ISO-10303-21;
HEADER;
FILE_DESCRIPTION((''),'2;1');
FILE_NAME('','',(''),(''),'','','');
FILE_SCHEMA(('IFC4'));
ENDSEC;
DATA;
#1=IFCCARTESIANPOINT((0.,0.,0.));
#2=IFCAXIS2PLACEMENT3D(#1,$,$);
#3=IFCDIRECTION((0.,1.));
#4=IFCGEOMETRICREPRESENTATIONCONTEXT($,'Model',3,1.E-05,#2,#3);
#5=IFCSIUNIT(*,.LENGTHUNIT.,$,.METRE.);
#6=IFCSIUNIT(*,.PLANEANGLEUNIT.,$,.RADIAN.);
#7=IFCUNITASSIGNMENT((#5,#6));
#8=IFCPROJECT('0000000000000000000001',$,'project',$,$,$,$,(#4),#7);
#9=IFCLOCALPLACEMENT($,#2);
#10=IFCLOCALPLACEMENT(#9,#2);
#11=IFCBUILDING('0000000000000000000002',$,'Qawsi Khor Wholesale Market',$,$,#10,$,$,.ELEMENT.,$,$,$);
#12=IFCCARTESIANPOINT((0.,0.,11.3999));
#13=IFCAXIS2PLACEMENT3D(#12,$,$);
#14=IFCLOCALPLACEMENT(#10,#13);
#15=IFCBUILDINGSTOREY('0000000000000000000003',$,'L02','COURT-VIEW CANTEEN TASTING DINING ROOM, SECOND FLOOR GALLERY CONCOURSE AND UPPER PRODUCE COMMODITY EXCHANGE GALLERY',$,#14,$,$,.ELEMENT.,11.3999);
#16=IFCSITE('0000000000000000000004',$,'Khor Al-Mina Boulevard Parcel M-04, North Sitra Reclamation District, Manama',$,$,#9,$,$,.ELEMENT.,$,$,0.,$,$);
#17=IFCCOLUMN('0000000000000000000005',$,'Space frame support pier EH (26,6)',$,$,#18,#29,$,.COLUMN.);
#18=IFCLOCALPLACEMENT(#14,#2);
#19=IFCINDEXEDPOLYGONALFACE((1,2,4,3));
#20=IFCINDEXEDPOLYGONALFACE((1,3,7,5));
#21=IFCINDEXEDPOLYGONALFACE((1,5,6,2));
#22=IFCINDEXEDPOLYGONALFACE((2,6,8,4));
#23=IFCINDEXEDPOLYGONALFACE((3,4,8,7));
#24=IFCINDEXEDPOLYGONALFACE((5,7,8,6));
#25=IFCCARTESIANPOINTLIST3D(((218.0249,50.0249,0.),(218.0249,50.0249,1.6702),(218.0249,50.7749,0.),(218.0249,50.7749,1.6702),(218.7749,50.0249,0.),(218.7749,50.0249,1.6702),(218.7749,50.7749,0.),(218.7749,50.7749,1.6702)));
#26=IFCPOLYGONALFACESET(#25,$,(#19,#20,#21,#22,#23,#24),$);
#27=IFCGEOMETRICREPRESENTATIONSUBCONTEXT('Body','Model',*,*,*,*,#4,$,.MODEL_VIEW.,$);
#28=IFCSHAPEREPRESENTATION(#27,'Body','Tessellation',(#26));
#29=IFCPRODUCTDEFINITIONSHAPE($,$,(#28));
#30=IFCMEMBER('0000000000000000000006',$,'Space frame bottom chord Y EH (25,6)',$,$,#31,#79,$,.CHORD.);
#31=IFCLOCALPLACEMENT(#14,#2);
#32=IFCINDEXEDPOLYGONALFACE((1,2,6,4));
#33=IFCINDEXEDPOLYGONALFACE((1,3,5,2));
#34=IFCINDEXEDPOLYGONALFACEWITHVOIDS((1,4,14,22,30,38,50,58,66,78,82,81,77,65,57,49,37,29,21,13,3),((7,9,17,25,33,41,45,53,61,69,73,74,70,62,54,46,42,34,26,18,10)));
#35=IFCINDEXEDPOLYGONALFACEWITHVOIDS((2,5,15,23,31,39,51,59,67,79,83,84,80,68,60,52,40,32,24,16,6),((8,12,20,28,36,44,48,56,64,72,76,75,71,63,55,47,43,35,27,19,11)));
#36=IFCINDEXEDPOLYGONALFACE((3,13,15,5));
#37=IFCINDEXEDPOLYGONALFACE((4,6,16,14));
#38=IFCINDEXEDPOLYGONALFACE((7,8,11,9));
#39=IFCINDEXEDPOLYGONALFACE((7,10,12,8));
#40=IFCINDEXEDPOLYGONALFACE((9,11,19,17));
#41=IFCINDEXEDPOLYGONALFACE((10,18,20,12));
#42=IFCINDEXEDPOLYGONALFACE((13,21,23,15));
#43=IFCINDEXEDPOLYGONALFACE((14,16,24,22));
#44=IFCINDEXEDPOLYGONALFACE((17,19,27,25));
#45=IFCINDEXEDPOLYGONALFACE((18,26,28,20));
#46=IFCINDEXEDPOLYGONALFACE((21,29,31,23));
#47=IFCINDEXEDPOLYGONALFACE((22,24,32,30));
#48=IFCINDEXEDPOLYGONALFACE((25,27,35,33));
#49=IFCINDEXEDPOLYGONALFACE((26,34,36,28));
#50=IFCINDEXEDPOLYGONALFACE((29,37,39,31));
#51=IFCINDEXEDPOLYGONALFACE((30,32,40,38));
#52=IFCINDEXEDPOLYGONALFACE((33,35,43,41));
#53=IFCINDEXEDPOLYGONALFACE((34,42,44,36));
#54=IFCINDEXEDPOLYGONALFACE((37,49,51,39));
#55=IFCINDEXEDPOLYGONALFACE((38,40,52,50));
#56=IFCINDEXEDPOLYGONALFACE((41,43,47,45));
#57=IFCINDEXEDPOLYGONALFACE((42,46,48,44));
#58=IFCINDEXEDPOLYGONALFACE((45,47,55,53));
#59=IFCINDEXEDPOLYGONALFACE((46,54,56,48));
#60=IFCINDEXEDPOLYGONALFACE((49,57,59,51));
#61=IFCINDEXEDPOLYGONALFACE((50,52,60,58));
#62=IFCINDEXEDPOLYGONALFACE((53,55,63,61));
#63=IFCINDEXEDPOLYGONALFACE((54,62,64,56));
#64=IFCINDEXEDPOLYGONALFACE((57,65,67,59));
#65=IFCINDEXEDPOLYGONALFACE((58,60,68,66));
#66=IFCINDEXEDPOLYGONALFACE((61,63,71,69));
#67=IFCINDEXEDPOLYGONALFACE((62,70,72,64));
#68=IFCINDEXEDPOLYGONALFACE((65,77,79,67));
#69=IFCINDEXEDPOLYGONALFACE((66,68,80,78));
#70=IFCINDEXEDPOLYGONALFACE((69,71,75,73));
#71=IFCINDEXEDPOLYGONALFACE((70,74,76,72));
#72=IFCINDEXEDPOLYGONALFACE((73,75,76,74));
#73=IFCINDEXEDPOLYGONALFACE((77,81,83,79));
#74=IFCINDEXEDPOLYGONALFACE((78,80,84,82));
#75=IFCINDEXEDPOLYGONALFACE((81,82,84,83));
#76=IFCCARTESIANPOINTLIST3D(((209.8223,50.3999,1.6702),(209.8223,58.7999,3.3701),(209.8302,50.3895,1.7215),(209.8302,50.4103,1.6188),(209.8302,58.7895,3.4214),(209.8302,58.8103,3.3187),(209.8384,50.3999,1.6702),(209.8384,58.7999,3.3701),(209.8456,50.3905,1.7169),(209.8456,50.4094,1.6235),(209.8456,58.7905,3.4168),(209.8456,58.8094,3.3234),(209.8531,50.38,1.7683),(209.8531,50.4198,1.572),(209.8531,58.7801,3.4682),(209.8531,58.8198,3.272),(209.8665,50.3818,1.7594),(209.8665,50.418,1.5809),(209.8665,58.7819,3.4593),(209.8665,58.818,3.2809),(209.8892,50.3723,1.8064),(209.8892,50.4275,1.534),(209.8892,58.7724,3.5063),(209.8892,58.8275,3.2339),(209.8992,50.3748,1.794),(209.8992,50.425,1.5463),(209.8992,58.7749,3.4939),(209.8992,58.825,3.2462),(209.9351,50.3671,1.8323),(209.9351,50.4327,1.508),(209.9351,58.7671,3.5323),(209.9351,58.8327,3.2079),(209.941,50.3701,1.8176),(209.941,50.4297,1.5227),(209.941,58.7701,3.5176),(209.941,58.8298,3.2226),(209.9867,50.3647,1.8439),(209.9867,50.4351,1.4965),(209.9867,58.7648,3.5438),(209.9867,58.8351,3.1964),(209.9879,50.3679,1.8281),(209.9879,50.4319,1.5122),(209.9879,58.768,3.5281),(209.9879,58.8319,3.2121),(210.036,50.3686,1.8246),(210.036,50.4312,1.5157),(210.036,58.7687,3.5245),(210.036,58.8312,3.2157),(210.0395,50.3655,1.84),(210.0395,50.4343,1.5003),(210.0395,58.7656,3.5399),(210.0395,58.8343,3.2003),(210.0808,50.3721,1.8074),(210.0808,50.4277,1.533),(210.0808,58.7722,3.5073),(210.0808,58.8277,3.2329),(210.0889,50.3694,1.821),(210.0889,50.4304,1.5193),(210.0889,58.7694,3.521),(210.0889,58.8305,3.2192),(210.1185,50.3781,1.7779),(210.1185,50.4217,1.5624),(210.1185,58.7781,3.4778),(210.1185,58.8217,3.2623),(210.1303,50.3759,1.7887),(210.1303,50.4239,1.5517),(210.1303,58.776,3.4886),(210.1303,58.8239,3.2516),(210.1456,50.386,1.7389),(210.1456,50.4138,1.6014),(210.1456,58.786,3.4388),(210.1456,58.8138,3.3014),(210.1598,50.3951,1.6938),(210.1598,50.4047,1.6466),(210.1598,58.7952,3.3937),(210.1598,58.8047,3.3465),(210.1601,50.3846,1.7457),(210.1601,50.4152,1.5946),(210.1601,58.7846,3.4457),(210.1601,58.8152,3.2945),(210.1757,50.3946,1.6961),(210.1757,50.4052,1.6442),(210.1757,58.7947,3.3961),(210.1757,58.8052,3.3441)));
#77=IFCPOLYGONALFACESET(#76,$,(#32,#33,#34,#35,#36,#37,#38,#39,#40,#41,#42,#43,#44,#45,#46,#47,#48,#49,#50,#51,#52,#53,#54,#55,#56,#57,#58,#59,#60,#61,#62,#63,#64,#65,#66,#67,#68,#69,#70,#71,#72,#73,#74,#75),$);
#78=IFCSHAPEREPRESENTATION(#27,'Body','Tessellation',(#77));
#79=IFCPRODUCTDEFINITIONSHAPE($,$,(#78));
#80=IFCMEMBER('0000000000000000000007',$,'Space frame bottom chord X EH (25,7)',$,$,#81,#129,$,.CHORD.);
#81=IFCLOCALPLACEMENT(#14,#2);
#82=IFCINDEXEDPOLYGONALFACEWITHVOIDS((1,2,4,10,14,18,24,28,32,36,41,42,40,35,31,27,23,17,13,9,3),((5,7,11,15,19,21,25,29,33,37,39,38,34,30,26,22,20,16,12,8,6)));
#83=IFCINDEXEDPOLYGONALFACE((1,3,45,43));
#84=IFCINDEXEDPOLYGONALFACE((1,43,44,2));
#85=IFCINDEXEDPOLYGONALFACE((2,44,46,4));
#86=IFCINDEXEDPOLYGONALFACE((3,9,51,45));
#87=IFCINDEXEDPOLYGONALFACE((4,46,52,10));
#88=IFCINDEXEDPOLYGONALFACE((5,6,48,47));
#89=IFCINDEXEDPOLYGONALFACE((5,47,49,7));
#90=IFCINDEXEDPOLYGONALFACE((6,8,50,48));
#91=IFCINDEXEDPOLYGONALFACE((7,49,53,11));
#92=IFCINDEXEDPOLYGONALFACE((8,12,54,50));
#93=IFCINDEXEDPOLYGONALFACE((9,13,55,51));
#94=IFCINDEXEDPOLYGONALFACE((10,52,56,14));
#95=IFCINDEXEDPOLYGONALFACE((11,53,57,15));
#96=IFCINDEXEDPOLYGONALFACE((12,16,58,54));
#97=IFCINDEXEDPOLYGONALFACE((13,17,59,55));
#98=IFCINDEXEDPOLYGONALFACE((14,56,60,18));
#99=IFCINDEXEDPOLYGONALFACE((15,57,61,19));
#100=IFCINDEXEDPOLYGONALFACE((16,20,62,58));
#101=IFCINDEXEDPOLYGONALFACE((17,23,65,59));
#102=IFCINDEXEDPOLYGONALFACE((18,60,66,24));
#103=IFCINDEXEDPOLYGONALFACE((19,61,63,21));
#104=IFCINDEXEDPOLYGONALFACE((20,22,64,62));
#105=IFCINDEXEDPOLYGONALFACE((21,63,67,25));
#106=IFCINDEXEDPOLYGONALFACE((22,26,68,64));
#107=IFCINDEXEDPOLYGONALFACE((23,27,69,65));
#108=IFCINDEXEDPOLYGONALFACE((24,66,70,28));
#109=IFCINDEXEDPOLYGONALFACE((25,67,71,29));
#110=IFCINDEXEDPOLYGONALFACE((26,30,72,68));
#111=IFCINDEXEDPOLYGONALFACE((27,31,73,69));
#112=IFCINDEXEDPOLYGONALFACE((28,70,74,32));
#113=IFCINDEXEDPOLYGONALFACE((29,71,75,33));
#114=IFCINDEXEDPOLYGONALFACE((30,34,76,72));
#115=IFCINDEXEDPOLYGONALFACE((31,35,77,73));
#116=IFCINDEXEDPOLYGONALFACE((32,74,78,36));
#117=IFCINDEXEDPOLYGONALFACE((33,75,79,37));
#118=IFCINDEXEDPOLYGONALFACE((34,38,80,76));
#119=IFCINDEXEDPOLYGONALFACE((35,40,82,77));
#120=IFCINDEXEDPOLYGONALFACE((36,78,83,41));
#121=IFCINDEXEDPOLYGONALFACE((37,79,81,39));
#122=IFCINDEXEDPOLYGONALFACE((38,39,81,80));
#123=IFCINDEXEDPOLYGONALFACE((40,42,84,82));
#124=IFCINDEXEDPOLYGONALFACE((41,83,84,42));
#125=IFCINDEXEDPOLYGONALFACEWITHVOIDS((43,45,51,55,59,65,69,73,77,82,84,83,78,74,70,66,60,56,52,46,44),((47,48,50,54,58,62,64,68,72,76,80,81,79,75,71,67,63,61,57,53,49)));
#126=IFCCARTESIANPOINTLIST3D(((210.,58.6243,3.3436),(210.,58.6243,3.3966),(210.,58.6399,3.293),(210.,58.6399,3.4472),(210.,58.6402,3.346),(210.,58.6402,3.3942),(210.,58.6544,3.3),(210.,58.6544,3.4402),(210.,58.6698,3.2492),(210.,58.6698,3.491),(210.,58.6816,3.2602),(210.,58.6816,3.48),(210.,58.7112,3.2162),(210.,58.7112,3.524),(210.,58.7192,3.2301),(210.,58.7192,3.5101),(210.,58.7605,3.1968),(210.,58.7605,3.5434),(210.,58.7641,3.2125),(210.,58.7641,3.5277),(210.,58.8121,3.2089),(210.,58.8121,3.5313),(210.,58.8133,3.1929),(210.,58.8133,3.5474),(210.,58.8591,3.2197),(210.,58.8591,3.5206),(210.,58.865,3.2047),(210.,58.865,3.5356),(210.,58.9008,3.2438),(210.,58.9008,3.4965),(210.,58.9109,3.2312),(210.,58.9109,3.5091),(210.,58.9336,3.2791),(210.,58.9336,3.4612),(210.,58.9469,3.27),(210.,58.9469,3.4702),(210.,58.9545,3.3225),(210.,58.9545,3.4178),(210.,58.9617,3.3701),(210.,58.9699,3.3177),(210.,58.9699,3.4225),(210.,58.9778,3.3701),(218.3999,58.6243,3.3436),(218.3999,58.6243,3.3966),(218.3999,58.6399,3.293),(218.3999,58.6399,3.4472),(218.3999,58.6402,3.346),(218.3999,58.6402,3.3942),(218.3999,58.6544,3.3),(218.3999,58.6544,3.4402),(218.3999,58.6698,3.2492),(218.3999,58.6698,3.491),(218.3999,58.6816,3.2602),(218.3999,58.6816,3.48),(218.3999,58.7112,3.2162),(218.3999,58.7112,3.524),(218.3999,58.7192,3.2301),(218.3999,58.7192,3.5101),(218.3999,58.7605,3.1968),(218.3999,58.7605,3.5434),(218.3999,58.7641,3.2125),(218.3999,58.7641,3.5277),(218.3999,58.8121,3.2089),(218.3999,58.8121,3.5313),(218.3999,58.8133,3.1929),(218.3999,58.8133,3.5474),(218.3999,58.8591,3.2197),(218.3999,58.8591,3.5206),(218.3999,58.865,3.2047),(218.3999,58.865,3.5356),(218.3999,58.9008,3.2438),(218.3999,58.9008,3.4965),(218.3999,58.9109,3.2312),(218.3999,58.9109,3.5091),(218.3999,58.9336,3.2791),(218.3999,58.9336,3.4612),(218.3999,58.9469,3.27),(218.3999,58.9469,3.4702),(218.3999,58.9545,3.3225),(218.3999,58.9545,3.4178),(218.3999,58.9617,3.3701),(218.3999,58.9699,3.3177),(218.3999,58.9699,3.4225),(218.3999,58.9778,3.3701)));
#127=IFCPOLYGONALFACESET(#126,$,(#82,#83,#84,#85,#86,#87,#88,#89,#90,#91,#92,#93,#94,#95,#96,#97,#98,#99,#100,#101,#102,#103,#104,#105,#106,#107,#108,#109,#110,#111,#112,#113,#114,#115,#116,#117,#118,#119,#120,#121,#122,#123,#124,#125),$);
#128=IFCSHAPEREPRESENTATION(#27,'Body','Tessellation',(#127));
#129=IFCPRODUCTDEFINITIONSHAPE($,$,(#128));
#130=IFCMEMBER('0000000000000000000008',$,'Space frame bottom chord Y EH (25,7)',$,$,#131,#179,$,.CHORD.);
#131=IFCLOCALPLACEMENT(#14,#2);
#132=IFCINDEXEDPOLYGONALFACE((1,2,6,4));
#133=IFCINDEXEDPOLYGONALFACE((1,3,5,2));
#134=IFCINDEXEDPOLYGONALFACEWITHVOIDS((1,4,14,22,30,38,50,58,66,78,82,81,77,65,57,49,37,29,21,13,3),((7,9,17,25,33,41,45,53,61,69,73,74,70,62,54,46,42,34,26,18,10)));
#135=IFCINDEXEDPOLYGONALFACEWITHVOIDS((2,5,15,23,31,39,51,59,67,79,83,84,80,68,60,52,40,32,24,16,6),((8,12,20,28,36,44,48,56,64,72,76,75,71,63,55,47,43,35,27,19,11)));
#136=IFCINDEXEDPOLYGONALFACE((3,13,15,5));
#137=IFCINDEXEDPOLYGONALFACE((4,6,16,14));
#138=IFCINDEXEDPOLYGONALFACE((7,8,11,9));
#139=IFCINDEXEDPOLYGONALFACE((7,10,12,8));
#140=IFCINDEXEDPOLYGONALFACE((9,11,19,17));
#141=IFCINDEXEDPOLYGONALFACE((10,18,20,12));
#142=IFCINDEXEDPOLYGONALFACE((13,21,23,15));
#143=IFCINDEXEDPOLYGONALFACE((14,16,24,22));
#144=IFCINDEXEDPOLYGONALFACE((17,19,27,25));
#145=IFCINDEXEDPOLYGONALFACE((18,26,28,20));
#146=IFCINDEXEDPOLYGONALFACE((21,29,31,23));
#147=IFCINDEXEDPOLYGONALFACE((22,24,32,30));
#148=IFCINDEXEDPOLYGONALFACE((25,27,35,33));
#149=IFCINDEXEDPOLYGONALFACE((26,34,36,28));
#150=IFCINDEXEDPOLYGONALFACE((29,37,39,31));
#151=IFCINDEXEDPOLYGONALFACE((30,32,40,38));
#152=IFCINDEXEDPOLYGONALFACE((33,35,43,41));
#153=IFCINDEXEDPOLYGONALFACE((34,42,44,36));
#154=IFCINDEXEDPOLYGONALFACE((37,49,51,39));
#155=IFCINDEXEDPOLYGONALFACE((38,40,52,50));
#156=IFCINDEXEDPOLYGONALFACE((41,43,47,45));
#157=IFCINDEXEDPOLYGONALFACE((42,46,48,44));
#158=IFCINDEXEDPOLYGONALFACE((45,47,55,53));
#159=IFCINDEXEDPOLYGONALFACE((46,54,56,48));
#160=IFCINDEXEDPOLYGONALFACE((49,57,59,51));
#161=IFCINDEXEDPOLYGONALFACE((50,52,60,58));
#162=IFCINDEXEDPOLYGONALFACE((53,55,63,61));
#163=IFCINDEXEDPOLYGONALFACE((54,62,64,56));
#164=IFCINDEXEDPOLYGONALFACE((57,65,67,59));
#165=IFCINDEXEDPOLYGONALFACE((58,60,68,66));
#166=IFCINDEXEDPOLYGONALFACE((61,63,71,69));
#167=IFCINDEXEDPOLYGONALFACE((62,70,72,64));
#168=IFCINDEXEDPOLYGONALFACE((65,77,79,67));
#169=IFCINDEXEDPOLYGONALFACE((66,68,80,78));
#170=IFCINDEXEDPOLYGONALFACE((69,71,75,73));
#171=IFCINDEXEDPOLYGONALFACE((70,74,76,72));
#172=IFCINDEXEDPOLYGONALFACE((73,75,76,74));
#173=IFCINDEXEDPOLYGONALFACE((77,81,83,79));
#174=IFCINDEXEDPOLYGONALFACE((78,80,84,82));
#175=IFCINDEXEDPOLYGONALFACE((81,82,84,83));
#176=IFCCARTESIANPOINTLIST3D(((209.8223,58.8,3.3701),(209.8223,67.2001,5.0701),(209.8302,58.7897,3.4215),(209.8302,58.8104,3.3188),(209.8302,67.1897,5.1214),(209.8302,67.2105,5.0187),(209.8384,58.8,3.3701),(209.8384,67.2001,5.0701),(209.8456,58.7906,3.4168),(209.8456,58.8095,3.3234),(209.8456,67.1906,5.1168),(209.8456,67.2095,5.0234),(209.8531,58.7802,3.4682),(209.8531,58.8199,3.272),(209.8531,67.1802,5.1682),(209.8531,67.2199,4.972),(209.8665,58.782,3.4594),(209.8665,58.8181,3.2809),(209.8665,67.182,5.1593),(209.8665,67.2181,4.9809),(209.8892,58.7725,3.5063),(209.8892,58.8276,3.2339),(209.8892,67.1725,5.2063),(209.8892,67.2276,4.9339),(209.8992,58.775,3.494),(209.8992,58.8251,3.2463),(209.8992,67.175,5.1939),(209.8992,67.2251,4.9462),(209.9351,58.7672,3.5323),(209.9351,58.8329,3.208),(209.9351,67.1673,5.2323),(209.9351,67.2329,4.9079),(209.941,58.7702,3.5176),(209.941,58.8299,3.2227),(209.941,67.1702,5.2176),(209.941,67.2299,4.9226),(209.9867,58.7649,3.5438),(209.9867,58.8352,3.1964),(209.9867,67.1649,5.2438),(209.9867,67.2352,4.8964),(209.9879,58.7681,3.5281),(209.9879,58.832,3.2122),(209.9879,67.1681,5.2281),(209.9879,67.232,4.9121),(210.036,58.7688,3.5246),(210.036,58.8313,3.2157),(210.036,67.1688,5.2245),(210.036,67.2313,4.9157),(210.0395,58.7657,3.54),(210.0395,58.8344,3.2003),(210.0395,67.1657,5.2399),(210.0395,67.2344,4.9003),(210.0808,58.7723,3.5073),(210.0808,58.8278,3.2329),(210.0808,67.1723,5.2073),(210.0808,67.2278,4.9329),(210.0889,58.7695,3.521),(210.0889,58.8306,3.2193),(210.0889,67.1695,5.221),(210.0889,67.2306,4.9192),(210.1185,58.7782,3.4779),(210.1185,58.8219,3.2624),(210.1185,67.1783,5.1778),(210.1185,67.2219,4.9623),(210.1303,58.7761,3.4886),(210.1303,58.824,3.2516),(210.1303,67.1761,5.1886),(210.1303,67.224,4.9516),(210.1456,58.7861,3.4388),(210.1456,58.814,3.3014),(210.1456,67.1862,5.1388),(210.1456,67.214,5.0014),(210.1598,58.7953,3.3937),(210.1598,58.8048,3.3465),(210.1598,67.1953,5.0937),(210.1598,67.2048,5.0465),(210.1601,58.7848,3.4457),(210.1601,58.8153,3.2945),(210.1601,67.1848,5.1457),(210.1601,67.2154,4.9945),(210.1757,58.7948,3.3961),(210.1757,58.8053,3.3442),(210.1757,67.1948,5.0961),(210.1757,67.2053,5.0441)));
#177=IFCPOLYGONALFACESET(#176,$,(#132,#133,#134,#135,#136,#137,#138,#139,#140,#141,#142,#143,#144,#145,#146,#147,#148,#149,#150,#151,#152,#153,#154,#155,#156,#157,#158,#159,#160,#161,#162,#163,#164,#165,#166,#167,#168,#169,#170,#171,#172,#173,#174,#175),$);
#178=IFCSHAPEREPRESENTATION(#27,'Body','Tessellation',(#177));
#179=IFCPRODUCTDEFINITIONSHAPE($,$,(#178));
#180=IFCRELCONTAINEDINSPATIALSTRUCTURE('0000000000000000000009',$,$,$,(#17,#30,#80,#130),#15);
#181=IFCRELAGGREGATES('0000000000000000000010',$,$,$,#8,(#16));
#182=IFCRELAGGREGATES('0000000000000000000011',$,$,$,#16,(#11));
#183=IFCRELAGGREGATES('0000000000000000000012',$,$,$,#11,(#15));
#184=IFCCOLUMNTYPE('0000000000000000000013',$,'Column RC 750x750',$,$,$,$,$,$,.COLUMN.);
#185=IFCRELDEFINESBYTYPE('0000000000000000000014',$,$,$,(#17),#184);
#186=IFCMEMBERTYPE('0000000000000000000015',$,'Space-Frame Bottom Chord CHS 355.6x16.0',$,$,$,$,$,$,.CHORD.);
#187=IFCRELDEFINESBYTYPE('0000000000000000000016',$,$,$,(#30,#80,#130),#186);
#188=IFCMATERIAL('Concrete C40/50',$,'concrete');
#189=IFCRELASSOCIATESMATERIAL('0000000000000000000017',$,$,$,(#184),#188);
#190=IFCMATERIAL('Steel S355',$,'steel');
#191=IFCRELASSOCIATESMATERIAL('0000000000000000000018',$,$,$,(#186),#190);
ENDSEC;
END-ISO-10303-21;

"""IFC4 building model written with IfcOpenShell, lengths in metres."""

from ifc_helpers import new_model, si_unit, direction, frame, origin, origin_2d, place, context, subcontext, project, spatial, rectangle, hollow_circle, extrude, material, material_profile, profile_set, type_object, element, save


model = new_model("IFC4")

# Units and contexts
model_context = context("Model", 3, precision=1e-05, world=origin(), true_north=direction((0.0, 1.0)))
body_context = subcontext(model_context, "Body", "Model", "MODEL_VIEW")
ifc_project = project(units=[si_unit("LENGTHUNIT", "METRE"), si_unit("PLANEANGLEUNIT", "RADIAN")], contexts=[model_context])

# Site, building, storey
site_placement = place(None, origin())
site = spatial("IfcSite", under=ifc_project, at=site_placement, Name="Khor Al-Mina Boulevard Parcel M-04, North Sitra Reclamation District, Manama", CompositionType="ELEMENT", RefElevation=0.0)
building_placement = place(site_placement, origin())
building = spatial("IfcBuilding", under=site, at=building_placement, Name="Qawsi Khor Wholesale Market", CompositionType="ELEMENT")
storey_placement = place(building_placement, frame((0.0, 0.0, 11.3999)))
storey = spatial("IfcBuildingStorey", under=building, at=storey_placement, Name="L02", Description="COURT-VIEW CANTEEN TASTING DINING ROOM, SECOND FLOOR GALLERY CONCOURSE AND UPPER PRODUCE COMMODITY EXCHANGE GALLERY", CompositionType="ELEMENT", Elevation=11.3999)

# Column
ifc_material_1 = material(Name="Concrete C40/50", Category="concrete")
ifc_material_profile_1 = material_profile(ifc_material_1, rectangle(XDim=0.75, YDim=0.75, at=origin_2d()), Name="RC 750x750")
ifc_profile_set_1 = profile_set([ifc_material_profile_1], Name="Concrete C40/50")
column_type = type_object("IfcColumnType", Name="Column RC 750x750", PredefinedType="COLUMN", material=ifc_profile_set_1)
column_placement = place(storey_placement, frame((218.3999, 50.3999, 0.0), z_axis=(0.0, 0.0, 1.0), x_axis=(1.0, 0.0, 0.0)))
element("IfcColumn", 1, at=column_placement, inside=storey, type_object=column_type, Name="Space frame support pier EH (26,6)", PredefinedType="COLUMN", context=body_context, shape_type="SweptSolid", body=[
    extrude(rectangle(XDim=0.75, YDim=0.75, at=origin_2d()), origin(), (0.0, 0.0, 1.0), 1.6702),
])

# Members
ifc_material_2 = material(Name="Steel S355", Category="steel")
ifc_material_profile_2 = material_profile(ifc_material_2, hollow_circle(Radius=0.1777, WallThickness=0.0161, at=origin_2d()), Name="CHS 355.6x16.0")
ifc_profile_set_2 = profile_set([ifc_material_profile_2], Name="Steel S355")
member_type_1 = type_object("IfcMemberType", Name="Space-Frame Bottom Chord CHS 355.6x16.0", PredefinedType="CHORD", material=ifc_profile_set_2)
member_1_placement = place(storey_placement, frame((210.0, 50.3999, 1.6702), z_axis=(0.0, 0.980131, 0.198351), x_axis=(-1.0, 0.0, 0.0)))
element("IfcMember", 2, at=member_1_placement, inside=storey, type_object=member_type_1, Name="Space frame bottom chord Y EH (25,6)", PredefinedType="CHORD", context=body_context, shape_type="SweptSolid", body=[
    extrude(hollow_circle(Radius=0.1777, WallThickness=0.0161, at=origin_2d()), origin(), (0.0, 0.0, 1.0), 8.5703),
])
member_2_placement = place(storey_placement, frame((210.0, 58.8, 3.3701), z_axis=(1.0, 0.0, 0.0), x_axis=(0.0, 1.0, 0.0)))
element("IfcMember", 3, at=member_2_placement, inside=storey, type_object=member_type_1, Name="Space frame bottom chord X EH (25,7)", PredefinedType="CHORD", context=body_context, shape_type="SweptSolid", body=[
    extrude(hollow_circle(Radius=0.1777, WallThickness=0.0161, at=origin_2d()), origin(), (0.0, 0.0, 1.0), 8.3999),
])
member_3_placement = place(storey_placement, frame((210.0, 58.8, 3.3701), z_axis=(0.0, 0.98013, 0.198356), x_axis=(-1.0, 0.0, 0.0)))
element("IfcMember", 4, at=member_3_placement, inside=storey, type_object=member_type_1, Name="Space frame bottom chord Y EH (25,7)", PredefinedType="CHORD", context=body_context, shape_type="SweptSolid", body=[
    extrude(hollow_circle(Radius=0.1777, WallThickness=0.0161, at=origin_2d()), origin(), (0.0, 0.0, 1.0), 8.5703),
])

save(model, "model.ifc")
